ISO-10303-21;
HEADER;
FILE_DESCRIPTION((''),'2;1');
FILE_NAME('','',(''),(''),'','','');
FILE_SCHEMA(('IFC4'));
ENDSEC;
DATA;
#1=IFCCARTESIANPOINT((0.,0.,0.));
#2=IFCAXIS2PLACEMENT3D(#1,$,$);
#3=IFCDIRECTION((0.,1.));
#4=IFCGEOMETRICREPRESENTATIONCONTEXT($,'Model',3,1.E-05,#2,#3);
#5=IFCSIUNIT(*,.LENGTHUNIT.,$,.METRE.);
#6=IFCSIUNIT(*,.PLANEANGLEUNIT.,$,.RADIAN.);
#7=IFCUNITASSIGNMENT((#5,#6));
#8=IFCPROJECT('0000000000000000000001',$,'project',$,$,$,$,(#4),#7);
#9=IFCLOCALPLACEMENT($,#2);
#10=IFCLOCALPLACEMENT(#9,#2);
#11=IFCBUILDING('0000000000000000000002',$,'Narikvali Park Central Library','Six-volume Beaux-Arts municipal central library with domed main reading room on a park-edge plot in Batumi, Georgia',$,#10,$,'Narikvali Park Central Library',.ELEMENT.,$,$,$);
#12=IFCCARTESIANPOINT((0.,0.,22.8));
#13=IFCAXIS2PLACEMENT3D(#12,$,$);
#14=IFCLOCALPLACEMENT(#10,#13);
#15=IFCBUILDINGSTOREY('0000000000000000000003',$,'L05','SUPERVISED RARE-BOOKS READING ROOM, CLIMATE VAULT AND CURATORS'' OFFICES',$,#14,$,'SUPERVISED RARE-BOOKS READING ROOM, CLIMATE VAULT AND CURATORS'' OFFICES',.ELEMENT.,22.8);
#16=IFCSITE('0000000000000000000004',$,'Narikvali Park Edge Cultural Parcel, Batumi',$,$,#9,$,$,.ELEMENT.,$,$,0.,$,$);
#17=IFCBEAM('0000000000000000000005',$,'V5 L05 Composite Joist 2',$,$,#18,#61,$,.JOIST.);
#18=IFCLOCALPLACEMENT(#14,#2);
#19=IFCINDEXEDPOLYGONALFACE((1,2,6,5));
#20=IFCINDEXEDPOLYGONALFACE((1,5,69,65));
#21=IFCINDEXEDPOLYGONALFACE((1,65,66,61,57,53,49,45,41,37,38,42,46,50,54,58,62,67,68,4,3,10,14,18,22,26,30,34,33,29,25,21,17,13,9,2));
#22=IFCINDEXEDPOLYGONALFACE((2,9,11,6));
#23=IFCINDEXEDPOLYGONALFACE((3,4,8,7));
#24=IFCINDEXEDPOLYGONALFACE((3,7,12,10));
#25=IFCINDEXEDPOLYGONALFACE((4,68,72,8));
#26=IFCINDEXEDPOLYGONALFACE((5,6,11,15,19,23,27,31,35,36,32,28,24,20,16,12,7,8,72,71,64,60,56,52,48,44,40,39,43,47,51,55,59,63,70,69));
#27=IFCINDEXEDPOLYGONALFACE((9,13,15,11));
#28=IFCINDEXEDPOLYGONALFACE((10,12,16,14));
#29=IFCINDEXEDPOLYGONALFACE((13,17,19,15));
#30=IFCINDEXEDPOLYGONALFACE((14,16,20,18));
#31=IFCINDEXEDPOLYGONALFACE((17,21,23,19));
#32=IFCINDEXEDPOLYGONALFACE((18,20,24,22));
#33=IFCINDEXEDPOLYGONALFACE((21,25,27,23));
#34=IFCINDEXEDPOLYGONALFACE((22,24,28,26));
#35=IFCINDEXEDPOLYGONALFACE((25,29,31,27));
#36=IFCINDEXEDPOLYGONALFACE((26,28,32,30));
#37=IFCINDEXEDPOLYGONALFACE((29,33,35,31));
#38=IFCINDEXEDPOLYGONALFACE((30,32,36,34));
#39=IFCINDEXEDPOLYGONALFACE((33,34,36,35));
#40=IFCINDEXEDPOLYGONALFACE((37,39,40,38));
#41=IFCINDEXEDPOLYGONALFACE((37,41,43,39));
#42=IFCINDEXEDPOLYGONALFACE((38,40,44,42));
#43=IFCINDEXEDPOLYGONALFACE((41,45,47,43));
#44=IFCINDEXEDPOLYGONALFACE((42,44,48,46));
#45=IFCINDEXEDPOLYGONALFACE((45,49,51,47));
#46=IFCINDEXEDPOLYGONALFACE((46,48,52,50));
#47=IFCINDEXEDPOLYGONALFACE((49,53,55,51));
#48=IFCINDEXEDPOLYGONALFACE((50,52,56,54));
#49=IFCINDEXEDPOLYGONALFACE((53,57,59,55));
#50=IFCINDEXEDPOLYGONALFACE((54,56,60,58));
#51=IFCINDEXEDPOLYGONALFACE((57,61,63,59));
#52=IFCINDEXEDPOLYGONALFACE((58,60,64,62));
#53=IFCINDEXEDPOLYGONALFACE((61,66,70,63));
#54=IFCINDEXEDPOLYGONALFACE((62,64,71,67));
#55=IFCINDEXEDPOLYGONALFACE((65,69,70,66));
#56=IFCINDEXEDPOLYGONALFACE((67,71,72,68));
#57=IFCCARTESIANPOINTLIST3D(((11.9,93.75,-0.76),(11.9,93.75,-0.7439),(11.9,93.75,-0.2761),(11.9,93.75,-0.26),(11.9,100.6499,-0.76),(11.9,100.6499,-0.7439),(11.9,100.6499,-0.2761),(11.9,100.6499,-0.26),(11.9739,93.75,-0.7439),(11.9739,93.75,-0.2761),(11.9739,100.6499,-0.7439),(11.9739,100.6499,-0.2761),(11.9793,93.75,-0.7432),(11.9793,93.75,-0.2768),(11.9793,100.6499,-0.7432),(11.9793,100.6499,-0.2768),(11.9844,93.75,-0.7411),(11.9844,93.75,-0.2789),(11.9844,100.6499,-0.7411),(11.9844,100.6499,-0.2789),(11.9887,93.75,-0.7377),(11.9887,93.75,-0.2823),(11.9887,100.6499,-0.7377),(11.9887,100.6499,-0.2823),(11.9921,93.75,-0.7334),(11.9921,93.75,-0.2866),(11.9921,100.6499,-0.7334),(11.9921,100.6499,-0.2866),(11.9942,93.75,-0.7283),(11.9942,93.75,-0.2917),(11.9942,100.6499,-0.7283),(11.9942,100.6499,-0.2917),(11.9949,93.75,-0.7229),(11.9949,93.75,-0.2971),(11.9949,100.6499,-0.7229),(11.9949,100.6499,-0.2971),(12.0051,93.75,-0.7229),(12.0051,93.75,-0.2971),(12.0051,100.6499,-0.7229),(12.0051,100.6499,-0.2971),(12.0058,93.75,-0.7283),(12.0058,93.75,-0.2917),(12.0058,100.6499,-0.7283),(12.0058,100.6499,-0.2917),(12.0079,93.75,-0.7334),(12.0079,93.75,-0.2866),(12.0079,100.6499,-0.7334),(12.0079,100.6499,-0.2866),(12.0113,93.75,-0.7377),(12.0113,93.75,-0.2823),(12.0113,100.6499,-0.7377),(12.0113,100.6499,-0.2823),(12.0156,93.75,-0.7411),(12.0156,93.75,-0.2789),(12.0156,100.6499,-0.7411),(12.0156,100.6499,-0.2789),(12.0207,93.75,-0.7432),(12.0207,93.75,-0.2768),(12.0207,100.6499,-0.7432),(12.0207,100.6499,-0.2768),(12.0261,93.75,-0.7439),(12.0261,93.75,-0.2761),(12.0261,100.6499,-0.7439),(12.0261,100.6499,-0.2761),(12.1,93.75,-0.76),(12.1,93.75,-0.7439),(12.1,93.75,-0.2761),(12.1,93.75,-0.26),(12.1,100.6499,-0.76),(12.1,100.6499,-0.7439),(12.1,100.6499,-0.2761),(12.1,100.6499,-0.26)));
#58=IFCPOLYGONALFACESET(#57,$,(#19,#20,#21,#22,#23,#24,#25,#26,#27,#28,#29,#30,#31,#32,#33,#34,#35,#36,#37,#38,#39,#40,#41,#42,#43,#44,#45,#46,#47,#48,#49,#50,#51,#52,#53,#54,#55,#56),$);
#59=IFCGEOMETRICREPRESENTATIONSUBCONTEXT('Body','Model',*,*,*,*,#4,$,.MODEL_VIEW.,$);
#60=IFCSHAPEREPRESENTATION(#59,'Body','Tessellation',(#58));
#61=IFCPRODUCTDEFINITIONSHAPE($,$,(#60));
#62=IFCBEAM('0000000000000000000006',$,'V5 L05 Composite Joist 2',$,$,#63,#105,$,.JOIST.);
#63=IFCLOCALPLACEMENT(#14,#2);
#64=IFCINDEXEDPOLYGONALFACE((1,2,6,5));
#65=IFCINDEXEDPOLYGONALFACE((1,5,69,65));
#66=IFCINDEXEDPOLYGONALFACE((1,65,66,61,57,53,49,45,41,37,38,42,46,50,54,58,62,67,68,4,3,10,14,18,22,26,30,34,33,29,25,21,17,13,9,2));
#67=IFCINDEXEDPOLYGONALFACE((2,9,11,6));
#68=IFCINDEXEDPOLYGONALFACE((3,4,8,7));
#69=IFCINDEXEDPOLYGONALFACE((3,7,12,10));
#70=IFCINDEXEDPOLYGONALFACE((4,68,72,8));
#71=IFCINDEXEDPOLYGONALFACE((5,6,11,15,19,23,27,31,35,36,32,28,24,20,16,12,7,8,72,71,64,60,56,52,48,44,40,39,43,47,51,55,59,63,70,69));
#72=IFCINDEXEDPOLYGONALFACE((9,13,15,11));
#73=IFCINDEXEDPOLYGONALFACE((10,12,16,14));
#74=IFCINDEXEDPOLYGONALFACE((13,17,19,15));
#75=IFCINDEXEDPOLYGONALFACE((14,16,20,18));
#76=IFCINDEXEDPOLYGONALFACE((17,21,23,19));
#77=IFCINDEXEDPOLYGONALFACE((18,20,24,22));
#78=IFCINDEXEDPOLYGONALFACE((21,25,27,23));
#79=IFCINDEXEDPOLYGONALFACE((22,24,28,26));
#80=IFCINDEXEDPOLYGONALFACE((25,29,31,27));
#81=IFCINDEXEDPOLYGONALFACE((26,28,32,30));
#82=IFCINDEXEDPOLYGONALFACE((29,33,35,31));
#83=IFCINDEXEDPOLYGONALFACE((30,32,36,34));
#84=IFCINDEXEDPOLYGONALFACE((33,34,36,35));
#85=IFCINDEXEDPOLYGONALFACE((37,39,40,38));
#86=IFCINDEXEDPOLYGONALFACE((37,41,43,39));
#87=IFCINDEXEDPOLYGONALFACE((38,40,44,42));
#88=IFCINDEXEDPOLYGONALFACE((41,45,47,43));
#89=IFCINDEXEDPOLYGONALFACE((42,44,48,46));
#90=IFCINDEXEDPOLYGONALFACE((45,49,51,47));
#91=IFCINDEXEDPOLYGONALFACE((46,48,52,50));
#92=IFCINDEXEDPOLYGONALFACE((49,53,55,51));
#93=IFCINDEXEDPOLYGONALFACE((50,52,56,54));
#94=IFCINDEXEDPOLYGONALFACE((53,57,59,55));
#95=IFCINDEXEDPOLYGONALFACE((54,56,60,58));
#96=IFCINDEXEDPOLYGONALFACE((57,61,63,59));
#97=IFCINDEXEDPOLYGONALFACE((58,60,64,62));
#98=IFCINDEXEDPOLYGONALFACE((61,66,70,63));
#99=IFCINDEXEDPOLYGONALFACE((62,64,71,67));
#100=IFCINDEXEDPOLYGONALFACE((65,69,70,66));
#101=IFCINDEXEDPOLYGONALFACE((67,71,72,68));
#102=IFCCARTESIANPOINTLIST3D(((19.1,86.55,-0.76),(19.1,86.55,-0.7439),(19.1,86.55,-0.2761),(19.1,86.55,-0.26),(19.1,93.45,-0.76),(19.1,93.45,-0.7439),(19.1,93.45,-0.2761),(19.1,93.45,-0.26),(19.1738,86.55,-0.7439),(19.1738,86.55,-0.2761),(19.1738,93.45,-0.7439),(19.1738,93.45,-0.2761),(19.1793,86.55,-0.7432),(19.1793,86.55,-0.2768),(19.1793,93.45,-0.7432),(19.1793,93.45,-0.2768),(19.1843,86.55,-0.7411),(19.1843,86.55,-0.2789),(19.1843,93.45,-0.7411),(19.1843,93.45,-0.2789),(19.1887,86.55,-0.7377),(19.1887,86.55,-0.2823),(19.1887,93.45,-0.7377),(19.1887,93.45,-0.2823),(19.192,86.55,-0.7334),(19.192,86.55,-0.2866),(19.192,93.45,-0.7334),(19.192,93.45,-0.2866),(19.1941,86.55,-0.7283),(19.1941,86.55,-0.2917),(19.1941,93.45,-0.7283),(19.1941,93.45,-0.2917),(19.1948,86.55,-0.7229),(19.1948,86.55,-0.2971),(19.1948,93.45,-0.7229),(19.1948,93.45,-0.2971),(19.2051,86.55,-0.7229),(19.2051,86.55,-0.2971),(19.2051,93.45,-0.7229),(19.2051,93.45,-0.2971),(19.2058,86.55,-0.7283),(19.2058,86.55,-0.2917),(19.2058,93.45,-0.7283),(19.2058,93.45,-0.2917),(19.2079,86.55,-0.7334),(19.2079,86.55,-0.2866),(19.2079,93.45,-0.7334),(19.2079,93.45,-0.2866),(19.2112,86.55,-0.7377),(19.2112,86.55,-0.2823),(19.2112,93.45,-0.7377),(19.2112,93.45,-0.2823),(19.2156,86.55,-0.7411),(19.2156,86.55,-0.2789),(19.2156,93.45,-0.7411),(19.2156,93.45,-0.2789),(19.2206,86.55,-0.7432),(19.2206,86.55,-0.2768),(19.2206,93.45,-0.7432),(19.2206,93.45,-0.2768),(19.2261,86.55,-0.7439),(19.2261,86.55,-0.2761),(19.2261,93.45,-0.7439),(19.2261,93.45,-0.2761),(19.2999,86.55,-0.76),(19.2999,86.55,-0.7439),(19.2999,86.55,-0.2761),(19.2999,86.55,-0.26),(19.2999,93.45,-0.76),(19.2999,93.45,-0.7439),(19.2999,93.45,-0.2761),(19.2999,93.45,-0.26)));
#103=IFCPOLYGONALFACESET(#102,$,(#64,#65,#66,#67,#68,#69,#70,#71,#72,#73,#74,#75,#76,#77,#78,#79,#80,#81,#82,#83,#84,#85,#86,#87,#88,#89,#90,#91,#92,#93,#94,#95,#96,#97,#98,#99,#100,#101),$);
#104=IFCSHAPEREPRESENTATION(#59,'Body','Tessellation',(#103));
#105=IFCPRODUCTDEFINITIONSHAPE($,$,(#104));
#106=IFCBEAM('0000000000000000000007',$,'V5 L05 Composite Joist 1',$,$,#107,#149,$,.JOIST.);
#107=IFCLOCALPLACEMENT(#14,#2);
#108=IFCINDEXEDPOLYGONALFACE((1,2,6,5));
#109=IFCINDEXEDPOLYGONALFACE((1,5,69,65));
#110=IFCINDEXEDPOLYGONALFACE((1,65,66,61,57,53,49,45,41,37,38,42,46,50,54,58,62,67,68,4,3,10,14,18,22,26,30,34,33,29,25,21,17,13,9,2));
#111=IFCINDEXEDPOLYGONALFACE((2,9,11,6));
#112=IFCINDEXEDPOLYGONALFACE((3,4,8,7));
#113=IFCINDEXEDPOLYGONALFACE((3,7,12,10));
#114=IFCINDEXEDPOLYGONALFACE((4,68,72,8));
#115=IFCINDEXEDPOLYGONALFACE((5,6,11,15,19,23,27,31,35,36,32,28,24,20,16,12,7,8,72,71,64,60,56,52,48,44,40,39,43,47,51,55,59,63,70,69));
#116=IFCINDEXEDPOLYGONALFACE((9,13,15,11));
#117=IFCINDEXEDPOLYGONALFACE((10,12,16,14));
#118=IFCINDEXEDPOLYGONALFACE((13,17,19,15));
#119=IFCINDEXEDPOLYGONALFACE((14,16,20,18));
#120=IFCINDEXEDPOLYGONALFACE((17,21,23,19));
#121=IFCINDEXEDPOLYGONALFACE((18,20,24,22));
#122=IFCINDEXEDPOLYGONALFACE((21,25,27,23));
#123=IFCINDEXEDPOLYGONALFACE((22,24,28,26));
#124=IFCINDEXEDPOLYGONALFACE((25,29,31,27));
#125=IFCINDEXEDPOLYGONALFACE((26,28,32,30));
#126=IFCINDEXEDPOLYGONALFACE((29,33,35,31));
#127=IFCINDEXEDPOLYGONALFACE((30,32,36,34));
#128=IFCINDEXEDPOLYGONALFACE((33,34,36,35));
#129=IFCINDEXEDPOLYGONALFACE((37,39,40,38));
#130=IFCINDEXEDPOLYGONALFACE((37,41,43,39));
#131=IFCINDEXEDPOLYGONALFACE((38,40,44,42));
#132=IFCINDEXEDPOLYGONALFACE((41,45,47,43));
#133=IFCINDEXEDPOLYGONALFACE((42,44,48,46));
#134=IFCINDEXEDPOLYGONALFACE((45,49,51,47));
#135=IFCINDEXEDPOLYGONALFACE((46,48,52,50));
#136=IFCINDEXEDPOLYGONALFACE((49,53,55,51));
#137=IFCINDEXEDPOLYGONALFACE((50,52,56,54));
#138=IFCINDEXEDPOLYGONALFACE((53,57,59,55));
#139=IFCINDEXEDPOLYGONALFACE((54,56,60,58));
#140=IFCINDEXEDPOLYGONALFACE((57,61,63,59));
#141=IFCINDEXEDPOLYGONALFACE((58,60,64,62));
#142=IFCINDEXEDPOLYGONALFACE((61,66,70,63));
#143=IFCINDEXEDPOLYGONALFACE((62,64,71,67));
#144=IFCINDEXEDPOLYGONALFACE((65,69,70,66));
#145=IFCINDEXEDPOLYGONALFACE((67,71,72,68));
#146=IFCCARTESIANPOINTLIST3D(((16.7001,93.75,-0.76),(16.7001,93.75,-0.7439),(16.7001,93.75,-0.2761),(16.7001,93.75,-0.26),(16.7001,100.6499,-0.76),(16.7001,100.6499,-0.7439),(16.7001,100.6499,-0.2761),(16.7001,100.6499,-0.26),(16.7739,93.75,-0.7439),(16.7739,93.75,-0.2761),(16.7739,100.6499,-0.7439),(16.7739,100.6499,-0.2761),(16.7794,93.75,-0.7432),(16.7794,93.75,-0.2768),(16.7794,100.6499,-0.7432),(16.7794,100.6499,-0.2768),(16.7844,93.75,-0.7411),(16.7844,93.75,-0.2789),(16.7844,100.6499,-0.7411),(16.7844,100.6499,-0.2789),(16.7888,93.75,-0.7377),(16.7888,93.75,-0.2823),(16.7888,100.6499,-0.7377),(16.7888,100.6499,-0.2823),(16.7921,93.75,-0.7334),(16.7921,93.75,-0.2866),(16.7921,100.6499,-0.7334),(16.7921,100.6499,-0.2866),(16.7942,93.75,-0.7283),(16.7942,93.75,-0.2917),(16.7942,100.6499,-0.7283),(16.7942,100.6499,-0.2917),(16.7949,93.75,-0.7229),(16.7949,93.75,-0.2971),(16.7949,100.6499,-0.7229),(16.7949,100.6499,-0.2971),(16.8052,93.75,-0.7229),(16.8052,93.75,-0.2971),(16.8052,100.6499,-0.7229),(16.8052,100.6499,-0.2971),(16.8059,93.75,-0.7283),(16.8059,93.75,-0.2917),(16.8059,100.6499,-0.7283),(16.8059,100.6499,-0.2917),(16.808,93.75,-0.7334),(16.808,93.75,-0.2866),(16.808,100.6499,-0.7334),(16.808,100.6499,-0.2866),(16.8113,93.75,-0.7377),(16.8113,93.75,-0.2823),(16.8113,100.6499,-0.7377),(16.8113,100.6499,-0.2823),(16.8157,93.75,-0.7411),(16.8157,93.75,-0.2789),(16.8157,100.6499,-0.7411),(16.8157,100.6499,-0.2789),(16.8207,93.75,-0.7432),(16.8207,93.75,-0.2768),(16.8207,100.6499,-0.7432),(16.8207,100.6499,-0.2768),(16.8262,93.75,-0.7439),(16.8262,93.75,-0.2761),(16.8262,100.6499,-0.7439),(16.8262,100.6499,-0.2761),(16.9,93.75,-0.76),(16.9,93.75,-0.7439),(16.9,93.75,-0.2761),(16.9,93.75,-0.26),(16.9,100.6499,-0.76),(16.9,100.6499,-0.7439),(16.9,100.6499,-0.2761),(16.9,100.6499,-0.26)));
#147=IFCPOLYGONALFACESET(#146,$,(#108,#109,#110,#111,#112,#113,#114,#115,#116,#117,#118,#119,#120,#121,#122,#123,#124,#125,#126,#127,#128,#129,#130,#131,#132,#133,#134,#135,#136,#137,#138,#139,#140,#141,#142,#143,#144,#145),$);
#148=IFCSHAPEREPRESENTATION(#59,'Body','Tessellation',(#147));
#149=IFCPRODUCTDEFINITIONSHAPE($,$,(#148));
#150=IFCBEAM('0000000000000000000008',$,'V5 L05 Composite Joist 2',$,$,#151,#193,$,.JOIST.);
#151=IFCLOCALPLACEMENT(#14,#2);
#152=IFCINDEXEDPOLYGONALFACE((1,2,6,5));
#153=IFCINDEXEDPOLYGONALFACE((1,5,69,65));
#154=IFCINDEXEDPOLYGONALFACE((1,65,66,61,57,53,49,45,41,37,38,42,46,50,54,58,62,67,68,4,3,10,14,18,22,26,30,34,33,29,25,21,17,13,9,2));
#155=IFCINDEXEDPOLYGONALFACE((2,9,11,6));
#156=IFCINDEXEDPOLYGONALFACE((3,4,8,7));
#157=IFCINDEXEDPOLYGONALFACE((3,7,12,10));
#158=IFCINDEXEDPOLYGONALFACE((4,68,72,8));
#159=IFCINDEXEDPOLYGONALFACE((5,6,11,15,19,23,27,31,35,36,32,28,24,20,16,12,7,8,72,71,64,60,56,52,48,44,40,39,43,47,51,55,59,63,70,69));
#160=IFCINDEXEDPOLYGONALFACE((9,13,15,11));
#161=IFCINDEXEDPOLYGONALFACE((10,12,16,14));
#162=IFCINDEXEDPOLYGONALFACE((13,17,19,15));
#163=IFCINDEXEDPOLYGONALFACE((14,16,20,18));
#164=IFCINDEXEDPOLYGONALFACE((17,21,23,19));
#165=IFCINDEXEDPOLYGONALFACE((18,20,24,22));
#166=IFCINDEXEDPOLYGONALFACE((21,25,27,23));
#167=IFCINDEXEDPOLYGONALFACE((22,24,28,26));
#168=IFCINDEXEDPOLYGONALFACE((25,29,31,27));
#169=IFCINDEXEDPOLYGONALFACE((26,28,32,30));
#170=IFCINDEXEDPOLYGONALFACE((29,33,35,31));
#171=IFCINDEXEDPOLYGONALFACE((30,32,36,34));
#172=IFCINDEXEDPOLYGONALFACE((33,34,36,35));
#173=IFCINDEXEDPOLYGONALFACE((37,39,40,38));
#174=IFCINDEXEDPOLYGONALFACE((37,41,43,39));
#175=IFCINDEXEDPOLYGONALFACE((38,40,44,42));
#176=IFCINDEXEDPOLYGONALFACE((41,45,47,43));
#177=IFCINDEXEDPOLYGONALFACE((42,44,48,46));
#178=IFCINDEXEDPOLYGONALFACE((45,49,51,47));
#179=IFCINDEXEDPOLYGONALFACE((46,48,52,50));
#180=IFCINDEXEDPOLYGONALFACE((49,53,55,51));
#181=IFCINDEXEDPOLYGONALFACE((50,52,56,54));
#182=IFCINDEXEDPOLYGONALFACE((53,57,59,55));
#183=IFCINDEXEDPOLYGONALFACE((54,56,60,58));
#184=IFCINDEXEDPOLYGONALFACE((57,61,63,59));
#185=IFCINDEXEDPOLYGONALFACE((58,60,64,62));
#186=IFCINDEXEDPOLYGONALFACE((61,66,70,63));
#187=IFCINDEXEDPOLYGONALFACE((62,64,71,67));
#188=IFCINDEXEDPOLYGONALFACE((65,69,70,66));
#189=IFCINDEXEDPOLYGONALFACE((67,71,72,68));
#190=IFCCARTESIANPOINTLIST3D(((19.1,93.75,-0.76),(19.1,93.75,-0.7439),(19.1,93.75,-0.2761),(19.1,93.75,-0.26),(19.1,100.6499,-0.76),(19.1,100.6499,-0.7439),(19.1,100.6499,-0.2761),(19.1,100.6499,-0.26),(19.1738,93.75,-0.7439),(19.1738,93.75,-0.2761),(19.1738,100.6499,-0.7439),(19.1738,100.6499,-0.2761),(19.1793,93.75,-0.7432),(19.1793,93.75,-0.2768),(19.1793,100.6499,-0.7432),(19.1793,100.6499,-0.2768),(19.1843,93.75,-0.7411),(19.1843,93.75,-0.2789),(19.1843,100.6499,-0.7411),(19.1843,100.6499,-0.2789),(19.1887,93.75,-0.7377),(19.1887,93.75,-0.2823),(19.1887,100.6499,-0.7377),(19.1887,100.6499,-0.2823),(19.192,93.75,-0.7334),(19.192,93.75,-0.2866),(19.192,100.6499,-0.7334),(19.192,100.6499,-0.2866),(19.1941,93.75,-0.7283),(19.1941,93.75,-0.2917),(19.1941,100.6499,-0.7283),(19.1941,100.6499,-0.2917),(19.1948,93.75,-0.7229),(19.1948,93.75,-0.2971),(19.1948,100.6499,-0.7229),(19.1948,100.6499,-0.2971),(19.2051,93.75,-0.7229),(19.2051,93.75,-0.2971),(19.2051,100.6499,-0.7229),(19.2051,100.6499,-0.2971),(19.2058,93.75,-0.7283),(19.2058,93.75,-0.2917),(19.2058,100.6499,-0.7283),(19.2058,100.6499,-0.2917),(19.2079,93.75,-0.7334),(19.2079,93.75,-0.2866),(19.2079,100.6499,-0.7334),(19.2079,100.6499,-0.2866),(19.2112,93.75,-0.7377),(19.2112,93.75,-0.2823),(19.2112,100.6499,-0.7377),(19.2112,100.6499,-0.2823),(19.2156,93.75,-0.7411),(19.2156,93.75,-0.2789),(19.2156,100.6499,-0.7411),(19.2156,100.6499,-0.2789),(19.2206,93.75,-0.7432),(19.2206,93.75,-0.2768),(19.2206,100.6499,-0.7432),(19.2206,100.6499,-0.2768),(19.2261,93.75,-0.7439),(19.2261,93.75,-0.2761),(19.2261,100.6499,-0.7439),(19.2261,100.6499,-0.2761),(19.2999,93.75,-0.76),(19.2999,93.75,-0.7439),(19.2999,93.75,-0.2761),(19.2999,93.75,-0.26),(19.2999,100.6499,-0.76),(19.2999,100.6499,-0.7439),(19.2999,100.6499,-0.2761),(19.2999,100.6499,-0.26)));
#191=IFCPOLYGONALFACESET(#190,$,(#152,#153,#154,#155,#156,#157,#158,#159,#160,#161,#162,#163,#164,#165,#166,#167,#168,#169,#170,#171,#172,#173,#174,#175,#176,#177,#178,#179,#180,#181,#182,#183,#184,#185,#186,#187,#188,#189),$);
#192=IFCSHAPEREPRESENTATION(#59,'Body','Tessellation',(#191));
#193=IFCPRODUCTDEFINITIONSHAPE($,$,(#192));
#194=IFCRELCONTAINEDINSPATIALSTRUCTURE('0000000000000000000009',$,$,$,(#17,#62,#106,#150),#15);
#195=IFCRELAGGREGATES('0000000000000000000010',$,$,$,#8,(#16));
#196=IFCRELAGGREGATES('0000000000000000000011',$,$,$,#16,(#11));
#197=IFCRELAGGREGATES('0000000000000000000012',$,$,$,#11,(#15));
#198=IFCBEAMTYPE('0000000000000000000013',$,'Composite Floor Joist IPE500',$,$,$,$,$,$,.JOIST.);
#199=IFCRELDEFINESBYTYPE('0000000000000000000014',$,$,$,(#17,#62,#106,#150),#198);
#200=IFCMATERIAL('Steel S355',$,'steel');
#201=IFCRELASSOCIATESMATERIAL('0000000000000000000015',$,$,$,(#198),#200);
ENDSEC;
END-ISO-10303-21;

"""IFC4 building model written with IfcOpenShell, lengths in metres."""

from ifc_helpers import new_model, si_unit, direction, frame, origin, origin_2d, place, context, subcontext, project, spatial, i_section, extrude, material, material_profile, profile_set, type_object, element, save


model = new_model("IFC4")

# Units and contexts
model_context = context("Model", 3, precision=1e-05, world=origin(), true_north=direction((0.0, 1.0)))
body_context = subcontext(model_context, "Body", "Model", "MODEL_VIEW")
ifc_project = project(units=[si_unit("LENGTHUNIT", "METRE"), si_unit("PLANEANGLEUNIT", "RADIAN")], contexts=[model_context])

# Site, building, storey
site_placement = place(None, origin())
site = spatial("IfcSite", under=ifc_project, at=site_placement, Name="Narikvali Park Edge Cultural Parcel, Batumi", CompositionType="ELEMENT", RefElevation=0.0)
building_placement = place(site_placement, origin())
building = spatial("IfcBuilding", under=site, at=building_placement, Name="Narikvali Park Central Library", Description="Six-volume Beaux-Arts municipal central library with domed main reading room on a park-edge plot in Batumi, Georgia", LongName="Narikvali Park Central Library", CompositionType="ELEMENT")
storey_placement = place(building_placement, frame((0.0, 0.0, 22.8)))
storey = spatial("IfcBuildingStorey", under=building, at=storey_placement, Name="L05", Description="SUPERVISED RARE-BOOKS READING ROOM, CLIMATE VAULT AND CURATORS' OFFICES", LongName="SUPERVISED RARE-BOOKS READING ROOM, CLIMATE VAULT AND CURATORS' OFFICES", CompositionType="ELEMENT", Elevation=22.8)

# Shared definitions
ifc_material_1 = material(Name="Steel S355", Category="steel")

# Beams
ifc_material_profile_1 = material_profile(ifc_material_1, i_section(OverallWidth=0.2, OverallDepth=0.5, WebThickness=0.0103, FlangeThickness=0.0161, FilletRadius=0.021, at=origin_2d()), Name="IPE 500")
ifc_profile_set_1 = profile_set([ifc_material_profile_1], Name="Steel S355")
beam_type_1 = type_object("IfcBeamType", Name="Composite Floor Joist IPE500", PredefinedType="JOIST", material=ifc_profile_set_1)
for number, where, z_axis, x_axis, name in (
    (1, (12.0, 93.75, -0.51), (0.0, 1.0, 0.0), (-1.0, 0.0, 0.0), "V5 L05 Composite Joist 2"),
    (2, (19.2, 86.55, -0.51), (0.0, 1.0, 0.0), (-1.0, 0.0, 0.0), "V5 L05 Composite Joist 2"),
    (3, (16.8, 93.75, -0.51), (0.0, 1.0, 0.0), (-1.0, 0.0, 0.0), "V5 L05 Composite Joist 1"),
    (4, (19.2, 93.75, -0.51), (0.0, 1.0, 0.0), (-1.0, 0.0, 0.0), "V5 L05 Composite Joist 2"),
):
    element("IfcBeam", number, at=place(storey_placement, frame(where, z_axis=z_axis, x_axis=x_axis)), inside=storey, type_object=beam_type_1, Name=name, PredefinedType="JOIST", context=body_context, shape_type="SweptSolid", body=[
        extrude(i_section(OverallWidth=0.2, OverallDepth=0.5, WebThickness=0.0103, FlangeThickness=0.0161, FilletRadius=0.021, at=origin_2d()), origin(), (0.0, 0.0, 1.0), 6.8999),
    ])

save(model, "model.ifc")
